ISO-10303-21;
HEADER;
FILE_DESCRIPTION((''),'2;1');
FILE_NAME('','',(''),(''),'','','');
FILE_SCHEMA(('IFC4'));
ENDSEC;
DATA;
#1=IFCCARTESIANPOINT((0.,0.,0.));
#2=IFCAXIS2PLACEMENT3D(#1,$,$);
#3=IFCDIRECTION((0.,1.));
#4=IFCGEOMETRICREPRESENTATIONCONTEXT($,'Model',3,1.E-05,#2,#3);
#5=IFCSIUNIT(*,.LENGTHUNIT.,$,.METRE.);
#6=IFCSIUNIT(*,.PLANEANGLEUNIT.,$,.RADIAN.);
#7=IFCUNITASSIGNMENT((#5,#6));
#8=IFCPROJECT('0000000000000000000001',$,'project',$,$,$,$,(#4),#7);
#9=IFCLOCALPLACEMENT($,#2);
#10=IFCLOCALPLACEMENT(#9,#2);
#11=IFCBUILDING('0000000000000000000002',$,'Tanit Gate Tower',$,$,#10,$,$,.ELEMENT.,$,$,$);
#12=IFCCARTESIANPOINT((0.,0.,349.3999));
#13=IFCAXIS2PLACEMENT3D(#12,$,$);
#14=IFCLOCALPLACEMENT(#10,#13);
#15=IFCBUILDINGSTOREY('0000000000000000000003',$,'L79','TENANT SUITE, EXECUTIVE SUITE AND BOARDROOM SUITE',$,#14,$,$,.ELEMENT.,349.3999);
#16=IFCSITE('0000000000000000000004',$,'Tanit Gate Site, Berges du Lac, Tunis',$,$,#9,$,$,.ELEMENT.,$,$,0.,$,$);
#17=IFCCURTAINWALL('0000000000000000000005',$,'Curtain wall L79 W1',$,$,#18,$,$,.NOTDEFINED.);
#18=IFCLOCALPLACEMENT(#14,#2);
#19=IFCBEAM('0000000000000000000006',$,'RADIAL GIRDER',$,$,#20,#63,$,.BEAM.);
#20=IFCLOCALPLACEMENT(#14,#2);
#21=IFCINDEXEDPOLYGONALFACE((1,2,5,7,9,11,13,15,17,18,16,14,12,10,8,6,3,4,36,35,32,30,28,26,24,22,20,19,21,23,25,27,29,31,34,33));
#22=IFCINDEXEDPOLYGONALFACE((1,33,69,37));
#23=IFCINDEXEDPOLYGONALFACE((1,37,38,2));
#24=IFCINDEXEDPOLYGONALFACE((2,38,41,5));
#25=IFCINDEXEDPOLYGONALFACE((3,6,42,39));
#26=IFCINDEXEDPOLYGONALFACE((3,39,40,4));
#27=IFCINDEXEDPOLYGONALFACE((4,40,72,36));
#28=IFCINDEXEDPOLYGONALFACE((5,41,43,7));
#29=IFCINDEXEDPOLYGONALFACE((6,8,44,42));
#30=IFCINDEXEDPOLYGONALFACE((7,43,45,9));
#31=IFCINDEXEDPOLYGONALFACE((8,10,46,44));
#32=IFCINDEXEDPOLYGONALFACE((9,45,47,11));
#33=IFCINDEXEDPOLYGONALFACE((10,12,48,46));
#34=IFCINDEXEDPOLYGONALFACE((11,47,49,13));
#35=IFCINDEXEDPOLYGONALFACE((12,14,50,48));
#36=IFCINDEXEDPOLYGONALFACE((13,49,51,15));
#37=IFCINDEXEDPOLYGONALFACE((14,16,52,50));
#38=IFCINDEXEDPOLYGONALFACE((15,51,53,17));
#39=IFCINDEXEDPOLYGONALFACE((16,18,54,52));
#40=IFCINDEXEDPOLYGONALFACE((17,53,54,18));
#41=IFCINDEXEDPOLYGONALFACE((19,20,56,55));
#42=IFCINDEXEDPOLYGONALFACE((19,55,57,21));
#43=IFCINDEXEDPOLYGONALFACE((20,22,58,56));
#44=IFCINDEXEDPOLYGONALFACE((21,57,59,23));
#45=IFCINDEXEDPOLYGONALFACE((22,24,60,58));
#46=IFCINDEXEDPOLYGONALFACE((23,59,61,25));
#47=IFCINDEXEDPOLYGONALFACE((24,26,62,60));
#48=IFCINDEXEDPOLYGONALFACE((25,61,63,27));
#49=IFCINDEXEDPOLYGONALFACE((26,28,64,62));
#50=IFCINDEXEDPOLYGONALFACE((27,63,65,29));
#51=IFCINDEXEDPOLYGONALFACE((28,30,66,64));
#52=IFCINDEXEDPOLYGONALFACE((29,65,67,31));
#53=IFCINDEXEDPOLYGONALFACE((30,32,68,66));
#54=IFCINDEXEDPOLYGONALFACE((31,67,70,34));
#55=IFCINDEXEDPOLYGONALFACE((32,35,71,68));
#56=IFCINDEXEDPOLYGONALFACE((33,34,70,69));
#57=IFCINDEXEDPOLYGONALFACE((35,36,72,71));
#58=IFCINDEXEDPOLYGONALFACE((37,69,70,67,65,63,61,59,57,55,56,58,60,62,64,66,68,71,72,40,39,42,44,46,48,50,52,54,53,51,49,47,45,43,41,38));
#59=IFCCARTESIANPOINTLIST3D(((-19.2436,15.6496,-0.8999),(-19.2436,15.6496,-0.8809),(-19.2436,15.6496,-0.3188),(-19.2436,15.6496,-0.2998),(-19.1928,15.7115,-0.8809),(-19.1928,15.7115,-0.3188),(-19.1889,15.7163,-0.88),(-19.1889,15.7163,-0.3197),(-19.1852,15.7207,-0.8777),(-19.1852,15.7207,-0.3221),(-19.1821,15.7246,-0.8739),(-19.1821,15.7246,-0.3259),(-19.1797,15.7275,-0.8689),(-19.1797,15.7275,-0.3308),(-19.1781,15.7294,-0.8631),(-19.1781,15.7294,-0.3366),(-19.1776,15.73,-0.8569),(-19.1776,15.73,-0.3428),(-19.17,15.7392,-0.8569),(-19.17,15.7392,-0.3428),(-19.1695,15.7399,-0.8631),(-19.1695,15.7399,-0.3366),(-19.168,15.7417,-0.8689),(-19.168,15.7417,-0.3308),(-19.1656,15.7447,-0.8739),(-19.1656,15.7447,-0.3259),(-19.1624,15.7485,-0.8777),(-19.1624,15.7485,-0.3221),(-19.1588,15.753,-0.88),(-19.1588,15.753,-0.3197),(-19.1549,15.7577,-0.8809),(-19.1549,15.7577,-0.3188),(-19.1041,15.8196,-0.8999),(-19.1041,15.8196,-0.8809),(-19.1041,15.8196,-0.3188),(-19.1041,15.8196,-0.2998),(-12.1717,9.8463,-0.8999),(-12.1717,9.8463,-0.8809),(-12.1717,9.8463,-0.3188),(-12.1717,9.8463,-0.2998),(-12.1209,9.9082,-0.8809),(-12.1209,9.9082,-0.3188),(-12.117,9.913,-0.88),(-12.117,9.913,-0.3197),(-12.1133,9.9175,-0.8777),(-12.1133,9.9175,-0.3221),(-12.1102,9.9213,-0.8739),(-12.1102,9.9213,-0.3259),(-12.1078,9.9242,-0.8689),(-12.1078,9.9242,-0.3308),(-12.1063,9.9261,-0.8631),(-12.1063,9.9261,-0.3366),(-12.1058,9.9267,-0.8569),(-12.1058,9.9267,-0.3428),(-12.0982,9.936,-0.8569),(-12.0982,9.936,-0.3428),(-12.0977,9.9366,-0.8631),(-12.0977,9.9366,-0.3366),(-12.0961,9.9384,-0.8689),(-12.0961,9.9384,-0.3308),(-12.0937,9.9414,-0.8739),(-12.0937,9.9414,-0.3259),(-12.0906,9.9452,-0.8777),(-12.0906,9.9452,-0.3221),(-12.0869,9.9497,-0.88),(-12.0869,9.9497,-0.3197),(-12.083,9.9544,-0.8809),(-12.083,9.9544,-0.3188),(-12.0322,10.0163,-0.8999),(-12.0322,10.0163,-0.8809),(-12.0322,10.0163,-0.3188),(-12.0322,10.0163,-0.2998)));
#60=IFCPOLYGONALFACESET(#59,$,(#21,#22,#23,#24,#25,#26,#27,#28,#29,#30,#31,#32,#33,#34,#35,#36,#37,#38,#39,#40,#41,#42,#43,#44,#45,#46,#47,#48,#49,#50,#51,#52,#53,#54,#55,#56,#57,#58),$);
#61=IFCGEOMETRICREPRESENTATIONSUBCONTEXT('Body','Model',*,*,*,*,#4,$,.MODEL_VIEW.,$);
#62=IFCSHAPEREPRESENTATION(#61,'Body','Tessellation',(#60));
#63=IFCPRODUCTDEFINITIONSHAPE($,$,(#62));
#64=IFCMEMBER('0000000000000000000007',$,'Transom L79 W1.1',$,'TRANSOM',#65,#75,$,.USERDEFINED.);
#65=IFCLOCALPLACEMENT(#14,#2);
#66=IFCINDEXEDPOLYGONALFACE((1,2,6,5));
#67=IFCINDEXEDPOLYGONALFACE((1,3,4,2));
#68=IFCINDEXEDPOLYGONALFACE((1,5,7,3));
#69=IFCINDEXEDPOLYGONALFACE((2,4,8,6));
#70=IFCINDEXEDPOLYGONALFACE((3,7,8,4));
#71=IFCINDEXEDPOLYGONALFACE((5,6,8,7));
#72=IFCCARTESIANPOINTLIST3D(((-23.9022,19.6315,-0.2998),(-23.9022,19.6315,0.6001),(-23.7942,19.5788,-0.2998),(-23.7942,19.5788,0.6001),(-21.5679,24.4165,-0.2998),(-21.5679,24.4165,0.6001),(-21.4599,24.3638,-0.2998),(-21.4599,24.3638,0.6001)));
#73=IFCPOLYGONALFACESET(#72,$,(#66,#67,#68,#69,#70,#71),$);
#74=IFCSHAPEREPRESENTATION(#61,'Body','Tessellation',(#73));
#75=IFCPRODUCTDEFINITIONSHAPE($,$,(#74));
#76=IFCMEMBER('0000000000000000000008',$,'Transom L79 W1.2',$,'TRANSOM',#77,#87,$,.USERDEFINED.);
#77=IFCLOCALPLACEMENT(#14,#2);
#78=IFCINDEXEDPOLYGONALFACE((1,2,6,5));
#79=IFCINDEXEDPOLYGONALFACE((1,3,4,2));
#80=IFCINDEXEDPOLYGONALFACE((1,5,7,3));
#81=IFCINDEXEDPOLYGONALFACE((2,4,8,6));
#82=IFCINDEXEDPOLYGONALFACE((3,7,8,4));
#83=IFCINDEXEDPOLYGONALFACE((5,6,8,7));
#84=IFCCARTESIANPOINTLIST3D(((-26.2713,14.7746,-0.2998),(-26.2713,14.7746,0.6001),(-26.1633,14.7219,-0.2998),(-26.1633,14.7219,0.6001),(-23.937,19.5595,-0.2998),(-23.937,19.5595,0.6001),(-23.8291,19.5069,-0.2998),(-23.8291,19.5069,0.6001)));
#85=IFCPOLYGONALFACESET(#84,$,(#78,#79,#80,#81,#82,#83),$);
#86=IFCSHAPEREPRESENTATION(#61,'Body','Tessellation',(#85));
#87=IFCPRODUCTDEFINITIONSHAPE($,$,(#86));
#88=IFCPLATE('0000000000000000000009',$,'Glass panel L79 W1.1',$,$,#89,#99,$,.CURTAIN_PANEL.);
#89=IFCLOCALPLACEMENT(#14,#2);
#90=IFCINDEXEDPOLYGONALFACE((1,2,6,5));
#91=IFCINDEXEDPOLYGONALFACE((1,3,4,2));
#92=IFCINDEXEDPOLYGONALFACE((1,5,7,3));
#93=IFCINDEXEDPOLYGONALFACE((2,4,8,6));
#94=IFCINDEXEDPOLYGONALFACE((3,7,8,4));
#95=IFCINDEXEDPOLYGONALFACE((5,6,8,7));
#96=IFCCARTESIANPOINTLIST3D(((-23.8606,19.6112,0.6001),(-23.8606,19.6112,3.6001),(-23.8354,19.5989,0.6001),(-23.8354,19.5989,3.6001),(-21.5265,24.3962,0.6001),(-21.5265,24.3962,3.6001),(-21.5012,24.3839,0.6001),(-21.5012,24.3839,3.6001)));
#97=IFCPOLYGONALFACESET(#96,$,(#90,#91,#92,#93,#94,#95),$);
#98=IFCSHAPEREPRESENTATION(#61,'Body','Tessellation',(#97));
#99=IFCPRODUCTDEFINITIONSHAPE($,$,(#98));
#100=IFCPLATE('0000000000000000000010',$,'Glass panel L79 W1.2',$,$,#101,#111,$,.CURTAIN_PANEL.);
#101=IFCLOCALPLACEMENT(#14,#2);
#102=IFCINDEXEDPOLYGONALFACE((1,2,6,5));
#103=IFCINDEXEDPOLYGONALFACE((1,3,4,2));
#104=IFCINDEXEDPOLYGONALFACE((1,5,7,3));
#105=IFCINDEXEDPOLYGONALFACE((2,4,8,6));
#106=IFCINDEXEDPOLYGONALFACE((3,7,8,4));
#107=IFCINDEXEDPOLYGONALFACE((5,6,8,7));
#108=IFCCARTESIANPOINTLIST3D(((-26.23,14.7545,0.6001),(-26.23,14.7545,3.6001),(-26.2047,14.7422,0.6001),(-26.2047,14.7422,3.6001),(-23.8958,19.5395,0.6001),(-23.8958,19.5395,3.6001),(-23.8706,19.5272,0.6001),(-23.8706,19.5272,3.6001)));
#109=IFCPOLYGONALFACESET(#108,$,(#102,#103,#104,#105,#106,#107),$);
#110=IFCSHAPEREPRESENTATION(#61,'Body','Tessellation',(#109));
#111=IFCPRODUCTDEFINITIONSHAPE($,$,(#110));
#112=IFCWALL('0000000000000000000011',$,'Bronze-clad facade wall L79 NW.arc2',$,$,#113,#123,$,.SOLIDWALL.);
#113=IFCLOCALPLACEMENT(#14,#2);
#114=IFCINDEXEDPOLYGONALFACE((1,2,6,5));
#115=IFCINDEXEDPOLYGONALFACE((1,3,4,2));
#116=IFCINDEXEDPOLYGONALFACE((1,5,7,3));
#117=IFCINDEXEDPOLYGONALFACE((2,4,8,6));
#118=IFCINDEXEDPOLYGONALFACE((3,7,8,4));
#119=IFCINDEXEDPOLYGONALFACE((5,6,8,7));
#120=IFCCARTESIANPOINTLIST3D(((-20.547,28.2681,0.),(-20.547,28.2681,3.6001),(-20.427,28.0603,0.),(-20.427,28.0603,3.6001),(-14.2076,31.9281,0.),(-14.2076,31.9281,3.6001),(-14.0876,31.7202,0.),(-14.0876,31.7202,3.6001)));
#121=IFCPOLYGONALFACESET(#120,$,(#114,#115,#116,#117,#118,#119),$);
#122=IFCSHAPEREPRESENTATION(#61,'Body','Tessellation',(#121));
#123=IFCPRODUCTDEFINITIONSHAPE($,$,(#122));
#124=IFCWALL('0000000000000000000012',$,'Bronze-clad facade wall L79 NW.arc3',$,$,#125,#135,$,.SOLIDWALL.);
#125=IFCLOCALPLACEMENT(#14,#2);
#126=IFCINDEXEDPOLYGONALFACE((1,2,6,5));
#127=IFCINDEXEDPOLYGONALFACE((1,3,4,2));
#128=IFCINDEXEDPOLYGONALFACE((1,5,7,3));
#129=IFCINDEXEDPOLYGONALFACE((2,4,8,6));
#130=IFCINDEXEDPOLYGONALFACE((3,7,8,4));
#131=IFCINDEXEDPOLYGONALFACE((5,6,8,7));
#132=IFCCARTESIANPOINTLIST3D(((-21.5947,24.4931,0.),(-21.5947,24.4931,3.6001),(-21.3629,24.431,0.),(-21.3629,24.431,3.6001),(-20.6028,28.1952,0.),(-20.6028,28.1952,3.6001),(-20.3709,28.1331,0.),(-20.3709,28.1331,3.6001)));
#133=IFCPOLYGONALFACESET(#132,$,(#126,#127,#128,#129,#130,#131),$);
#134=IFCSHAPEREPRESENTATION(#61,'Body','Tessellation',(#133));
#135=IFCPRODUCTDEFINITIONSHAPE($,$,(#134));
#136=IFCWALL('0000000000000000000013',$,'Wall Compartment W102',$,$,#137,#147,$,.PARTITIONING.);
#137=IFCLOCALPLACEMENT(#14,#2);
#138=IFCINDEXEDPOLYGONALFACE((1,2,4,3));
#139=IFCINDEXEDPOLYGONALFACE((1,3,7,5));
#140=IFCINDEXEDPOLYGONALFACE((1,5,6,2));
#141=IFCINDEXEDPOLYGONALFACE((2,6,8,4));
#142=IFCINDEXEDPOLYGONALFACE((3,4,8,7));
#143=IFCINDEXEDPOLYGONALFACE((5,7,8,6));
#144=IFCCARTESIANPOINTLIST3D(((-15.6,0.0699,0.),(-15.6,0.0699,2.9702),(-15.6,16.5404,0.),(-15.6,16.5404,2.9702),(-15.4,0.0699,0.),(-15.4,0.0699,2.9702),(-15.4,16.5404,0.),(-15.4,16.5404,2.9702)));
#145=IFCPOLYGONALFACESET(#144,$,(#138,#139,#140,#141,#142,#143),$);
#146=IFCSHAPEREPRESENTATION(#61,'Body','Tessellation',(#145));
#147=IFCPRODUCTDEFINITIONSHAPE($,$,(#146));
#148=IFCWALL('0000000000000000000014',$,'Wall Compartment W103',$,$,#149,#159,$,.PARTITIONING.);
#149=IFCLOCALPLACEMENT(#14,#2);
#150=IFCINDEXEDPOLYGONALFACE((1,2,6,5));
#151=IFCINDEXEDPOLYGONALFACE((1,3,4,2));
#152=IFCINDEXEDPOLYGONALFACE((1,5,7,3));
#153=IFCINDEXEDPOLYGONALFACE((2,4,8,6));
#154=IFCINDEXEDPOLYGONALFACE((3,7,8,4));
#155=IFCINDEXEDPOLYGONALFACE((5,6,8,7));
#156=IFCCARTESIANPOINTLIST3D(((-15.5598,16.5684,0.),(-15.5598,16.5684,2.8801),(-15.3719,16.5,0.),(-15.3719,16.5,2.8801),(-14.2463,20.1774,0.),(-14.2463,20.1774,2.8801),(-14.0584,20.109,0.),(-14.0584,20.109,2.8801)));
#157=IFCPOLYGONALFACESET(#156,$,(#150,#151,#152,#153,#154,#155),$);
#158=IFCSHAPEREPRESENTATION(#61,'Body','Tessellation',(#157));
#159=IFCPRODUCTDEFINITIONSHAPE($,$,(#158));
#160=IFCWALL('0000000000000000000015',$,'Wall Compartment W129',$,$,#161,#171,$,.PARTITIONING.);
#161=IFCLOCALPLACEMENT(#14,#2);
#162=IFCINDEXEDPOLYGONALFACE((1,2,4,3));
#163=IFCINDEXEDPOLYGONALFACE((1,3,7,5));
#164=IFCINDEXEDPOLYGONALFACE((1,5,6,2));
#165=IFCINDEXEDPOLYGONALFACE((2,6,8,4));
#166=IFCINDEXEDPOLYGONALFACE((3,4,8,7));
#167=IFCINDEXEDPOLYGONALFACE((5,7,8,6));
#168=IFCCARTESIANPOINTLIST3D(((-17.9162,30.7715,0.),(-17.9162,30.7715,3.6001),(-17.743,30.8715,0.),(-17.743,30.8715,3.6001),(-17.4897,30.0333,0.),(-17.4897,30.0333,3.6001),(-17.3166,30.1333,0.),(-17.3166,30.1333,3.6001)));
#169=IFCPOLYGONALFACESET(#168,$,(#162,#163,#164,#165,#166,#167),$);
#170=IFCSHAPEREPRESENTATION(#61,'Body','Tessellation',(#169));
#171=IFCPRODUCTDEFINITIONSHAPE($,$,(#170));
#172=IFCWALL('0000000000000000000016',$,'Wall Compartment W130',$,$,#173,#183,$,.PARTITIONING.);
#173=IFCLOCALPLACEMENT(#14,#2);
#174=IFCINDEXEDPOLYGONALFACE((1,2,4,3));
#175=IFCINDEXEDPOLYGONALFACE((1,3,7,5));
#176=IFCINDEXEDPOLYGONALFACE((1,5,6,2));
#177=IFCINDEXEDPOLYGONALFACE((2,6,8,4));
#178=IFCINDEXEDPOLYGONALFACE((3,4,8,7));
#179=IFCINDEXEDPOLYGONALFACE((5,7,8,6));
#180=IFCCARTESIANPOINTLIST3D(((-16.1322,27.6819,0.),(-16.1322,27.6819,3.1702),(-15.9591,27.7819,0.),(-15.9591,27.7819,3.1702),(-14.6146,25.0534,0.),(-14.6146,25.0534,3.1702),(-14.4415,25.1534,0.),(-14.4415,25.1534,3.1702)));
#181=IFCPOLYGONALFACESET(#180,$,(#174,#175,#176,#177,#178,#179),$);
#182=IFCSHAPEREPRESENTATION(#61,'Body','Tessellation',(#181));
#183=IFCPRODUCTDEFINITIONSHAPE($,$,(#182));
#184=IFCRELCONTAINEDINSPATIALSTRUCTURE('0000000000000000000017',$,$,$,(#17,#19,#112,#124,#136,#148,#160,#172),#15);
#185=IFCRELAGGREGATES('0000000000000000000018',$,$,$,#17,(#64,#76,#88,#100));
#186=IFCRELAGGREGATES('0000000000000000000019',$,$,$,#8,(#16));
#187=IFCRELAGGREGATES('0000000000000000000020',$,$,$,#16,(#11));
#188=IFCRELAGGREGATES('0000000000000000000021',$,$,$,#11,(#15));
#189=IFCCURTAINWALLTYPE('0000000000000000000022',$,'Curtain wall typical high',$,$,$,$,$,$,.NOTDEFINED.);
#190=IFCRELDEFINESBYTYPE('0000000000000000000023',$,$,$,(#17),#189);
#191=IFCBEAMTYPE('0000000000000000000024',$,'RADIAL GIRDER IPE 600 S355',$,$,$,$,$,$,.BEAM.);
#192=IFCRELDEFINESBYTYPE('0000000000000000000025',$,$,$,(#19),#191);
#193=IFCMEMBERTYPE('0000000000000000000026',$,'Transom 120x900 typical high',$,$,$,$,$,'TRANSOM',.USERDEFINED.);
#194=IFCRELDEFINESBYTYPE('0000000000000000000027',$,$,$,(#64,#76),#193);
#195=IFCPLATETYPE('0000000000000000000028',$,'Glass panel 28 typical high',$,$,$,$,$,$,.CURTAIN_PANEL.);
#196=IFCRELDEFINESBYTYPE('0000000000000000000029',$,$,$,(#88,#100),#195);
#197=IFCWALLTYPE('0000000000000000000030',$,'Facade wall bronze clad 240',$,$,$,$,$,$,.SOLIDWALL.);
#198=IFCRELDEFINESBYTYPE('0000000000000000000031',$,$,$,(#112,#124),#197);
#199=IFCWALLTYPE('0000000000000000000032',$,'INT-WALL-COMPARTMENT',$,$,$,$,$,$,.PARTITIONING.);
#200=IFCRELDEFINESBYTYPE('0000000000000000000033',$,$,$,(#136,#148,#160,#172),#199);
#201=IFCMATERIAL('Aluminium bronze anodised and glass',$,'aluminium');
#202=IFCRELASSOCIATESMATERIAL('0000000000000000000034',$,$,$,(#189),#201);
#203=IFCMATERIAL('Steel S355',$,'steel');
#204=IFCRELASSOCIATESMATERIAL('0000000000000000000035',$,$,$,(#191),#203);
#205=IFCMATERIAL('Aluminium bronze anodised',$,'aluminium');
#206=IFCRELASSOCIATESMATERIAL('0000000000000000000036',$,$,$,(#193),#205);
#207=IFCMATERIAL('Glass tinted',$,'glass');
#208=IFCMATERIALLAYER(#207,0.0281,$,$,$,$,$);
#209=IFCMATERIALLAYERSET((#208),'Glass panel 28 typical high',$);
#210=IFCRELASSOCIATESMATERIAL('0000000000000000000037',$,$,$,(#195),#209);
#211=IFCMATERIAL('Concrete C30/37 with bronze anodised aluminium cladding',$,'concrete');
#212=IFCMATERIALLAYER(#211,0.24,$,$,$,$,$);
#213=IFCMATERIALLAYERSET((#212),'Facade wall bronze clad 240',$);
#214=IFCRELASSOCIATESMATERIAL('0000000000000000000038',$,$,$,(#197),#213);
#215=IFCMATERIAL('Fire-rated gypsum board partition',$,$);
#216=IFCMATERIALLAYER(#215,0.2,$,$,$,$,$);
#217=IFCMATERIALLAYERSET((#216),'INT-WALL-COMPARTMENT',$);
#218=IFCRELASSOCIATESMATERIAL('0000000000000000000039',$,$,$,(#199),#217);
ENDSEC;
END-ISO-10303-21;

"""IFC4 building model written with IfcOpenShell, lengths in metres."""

from ifc_helpers import new_model, si_unit, direction, frame, frame_2d, origin, origin_2d, place, context, subcontext, project, spatial, rectangle, i_section, extrude, material, layer, layer_set, material_profile, profile_set, type_object, element, aggregate, save


model = new_model("IFC4")

# Units and contexts
model_context = context("Model", 3, precision=1e-05, world=origin(), true_north=direction((0.0, 1.0)))
body_context = subcontext(model_context, "Body", "Model", "MODEL_VIEW")
ifc_project = project(units=[si_unit("LENGTHUNIT", "METRE"), si_unit("PLANEANGLEUNIT", "RADIAN")], contexts=[model_context])

# Site, building, storey
site_placement = place(None, origin())
site = spatial("IfcSite", under=ifc_project, at=site_placement, Name="Tanit Gate Site, Berges du Lac, Tunis", CompositionType="ELEMENT", RefElevation=0.0)
building_placement = place(site_placement, origin())
building = spatial("IfcBuilding", under=site, at=building_placement, Name="Tanit Gate Tower", CompositionType="ELEMENT")
storey_placement = place(building_placement, frame((0.0, 0.0, 349.3999)))
storey = spatial("IfcBuildingStorey", under=building, at=storey_placement, Name="L79", Description="TENANT SUITE, EXECUTIVE SUITE AND BOARDROOM SUITE", CompositionType="ELEMENT", Elevation=349.3999)

# Curtain wall
ifc_material_1 = material(Name="Aluminium bronze anodised and glass", Category="aluminium")
curtain_wall_type = type_object("IfcCurtainWallType", Name="Curtain wall typical high", PredefinedType="NOTDEFINED", material=ifc_material_1)
curtain_wall_placement = place(storey_placement, origin())
curtain_wall = element("IfcCurtainWall", 1, at=curtain_wall_placement, inside=storey, type_object=curtain_wall_type, Name="Curtain wall L79 W1", PredefinedType="NOTDEFINED")

# Beam
ifc_material_2 = material(Name="Steel S355", Category="steel")
ifc_material_profile_1 = material_profile(ifc_material_2, i_section(OverallWidth=0.22, OverallDepth=0.6001, WebThickness=0.012, FlangeThickness=0.019, FilletRadius=0.0239, at=origin_2d()), Name="IPE 600")
ifc_profile_set_1 = profile_set([ifc_material_profile_1], Name="Steel S355")
beam_type_1 = type_object("IfcBeamType", Name="RADIAL GIRDER IPE 600 S355", PredefinedType="BEAM", material=ifc_profile_set_1)
beam_1_placement = place(storey_placement, frame((-19.1738, 15.7346, -0.5999), z_axis=(0.773034, -0.634365, 0.0), x_axis=(0.634365, 0.773034, 0.0)))
element("IfcBeam", 2, at=beam_1_placement, inside=storey, type_object=beam_type_1, Name="RADIAL GIRDER", PredefinedType="BEAM", context=body_context, shape_type="SweptSolid", body=[
    extrude(i_section(OverallWidth=0.22, OverallDepth=0.6001, WebThickness=0.012, FlangeThickness=0.019, FilletRadius=0.0239, at=origin_2d()), origin(), (0.0, 0.0, 1.0), 9.1482),
])

# Members
ifc_material_3 = material(Name="Aluminium bronze anodised", Category="aluminium")
ifc_material_profile_2 = material_profile(ifc_material_3, rectangle(XDim=0.1201, YDim=0.8999, at=origin_2d()), Name="120x900 bronze transom")
ifc_profile_set_2 = profile_set([ifc_material_profile_2], Name="Aluminium bronze anodised")
member_type_1 = type_object("IfcMemberType", Name="Transom 120x900 typical high", ElementType="TRANSOM", PredefinedType="USERDEFINED", material=ifc_profile_set_2)
member_1_placement = place(storey_placement, frame((-21.5139, 24.3901, 0.1501), z_axis=(-0.438443, -0.898759, 0.0), x_axis=(0.898759, -0.438443, 0.0)))
member_1 = element("IfcMember", 3, at=member_1_placement, type_object=member_type_1, Name="Transom L79 W1.1", ObjectType="TRANSOM", PredefinedType="USERDEFINED", context=body_context, shape_type="SweptSolid", body=[
    extrude(rectangle(XDim=0.1201, YDim=0.8999, at=origin_2d()), origin(), (0.0, 0.0, 1.0), 5.324),
])
member_2_placement = place(storey_placement, frame((-23.8831, 19.5332, 0.1501), z_axis=(-0.438443, -0.898759, 0.0), x_axis=(0.898759, -0.438443, 0.0)))
member_2 = element("IfcMember", 4, at=member_2_placement, type_object=member_type_1, Name="Transom L79 W1.2", ObjectType="TRANSOM", PredefinedType="USERDEFINED", context=body_context, shape_type="SweptSolid", body=[
    extrude(rectangle(XDim=0.1201, YDim=0.8999, at=origin_2d()), origin(), (0.0, 0.0, 1.0), 5.324),
])

# Plates
ifc_material_4 = material(Name="Glass tinted", Category="glass")
ifc_layer_1 = layer(ifc_material_4, 0.0281)
ifc_layer_set_1 = layer_set([ifc_layer_1], Name="Glass panel 28 typical high")
plate_type = type_object("IfcPlateType", Name="Glass panel 28 typical high", PredefinedType="CURTAIN_PANEL", material=ifc_layer_set_1)
plate_1_placement = place(storey_placement, frame((-22.6809, 21.9976, 0.6001), z_axis=(0.0, 0.0, 1.0), x_axis=(-0.43842, -0.89877, 0.0)))
plate_1 = element("IfcPlate", 5, at=plate_1_placement, type_object=plate_type, Name="Glass panel L79 W1.1", PredefinedType="CURTAIN_PANEL", context=body_context, shape_type="SweptSolid", body=[
    extrude(rectangle(XDim=5.324, YDim=0.0281, at=origin_2d()), origin(), (0.0, 0.0, 1.0), 3.0),
])
plate_2_placement = place(storey_placement, frame((-25.0503, 17.1409, 0.6001), z_axis=(0.0, 0.0, 1.0), x_axis=(-0.43842, -0.89877, 0.0)))
plate_2 = element("IfcPlate", 6, at=plate_2_placement, type_object=plate_type, Name="Glass panel L79 W1.2", PredefinedType="CURTAIN_PANEL", context=body_context, shape_type="SweptSolid", body=[
    extrude(rectangle(XDim=5.324, YDim=0.0281, at=origin_2d()), origin(), (0.0, 0.0, 1.0), 3.0),
])
aggregate(curtain_wall, [member_1, member_2, plate_1, plate_2])

# Walls
ifc_material_5 = material(Name="Concrete C30/37 with bronze anodised aluminium cladding", Category="concrete")
ifc_layer_2 = layer(ifc_material_5, 0.24)
ifc_layer_set_2 = layer_set([ifc_layer_2], Name="Facade wall bronze clad 240")
wall_type_1 = type_object("IfcWallType", Name="Facade wall bronze clad 240", PredefinedType="SOLIDWALL", material=ifc_layer_set_2)
wall_1_placement = place(storey_placement, frame((-14.1475, 31.8242, 0.0), z_axis=(0.0, 0.0, 1.0), x_axis=(-0.866032, -0.499988, 0.0)))
element("IfcWall", 7, at=wall_1_placement, inside=storey, type_object=wall_type_1, Name="Bronze-clad facade wall L79 NW.arc2", PredefinedType="SOLIDWALL", context=body_context, shape_type="SweptSolid", body=[
    extrude(rectangle(XDim=7.3201, YDim=0.24, at=frame_2d((3.6602, 0.0))), origin(), (0.0, 0.0, 1.0), 3.6001),
])
wall_2_placement = place(storey_placement, frame((-20.4868, 28.1643, 0.0), z_axis=(0.0, 0.0, 1.0), x_axis=(-0.258808, -0.965929, 0.0)))
element("IfcWall", 8, at=wall_2_placement, inside=storey, type_object=wall_type_1, Name="Bronze-clad facade wall L79 NW.arc3", PredefinedType="SOLIDWALL", context=body_context, shape_type="SweptSolid", body=[
    extrude(rectangle(XDim=3.8328, YDim=0.24, at=frame_2d((1.9165, 0.0))), origin(), (0.0, 0.0, 1.0), 3.6001),
])
ifc_material_6 = material(Name="Fire-rated gypsum board partition")
ifc_layer_3 = layer(ifc_material_6, 0.2)
ifc_layer_set_3 = layer_set([ifc_layer_3], Name="INT-WALL-COMPARTMENT")
wall_type_2 = type_object("IfcWallType", Name="INT-WALL-COMPARTMENT", PredefinedType="PARTITIONING", material=ifc_layer_set_3)
wall_3_placement = place(storey_placement, frame((-15.5, 16.5405, 0.0), z_axis=(0.0, 0.0, 1.0), x_axis=(0.0, -1.0, 0.0)))
element("IfcWall", 9, at=wall_3_placement, inside=storey, type_object=wall_type_2, Name="Wall Compartment W102", PredefinedType="PARTITIONING", context=body_context, shape_type="SweptSolid", body=[
    extrude(rectangle(XDim=16.4705, YDim=0.2, at=frame_2d((8.2354, 0.0))), origin(), (0.0, 0.0, 1.0), 2.9702),
])
wall_4_placement = place(storey_placement, frame((-14.1523, 20.1433, 0.0), z_axis=(0.0, 0.0, 1.0), x_axis=(-0.342008, -0.939697, 0.0)))
element("IfcWall", 10, at=wall_4_placement, inside=storey, type_object=wall_type_2, Name="Wall Compartment W103", PredefinedType="PARTITIONING", context=body_context, shape_type="SweptSolid", body=[
    extrude(rectangle(XDim=3.8406, YDim=0.2, at=frame_2d((1.9204, 0.0))), origin(), (0.0, 0.0, 1.0), 2.8801),
])
wall_5_placement = place(storey_placement, frame((-17.8296, 30.8215, 0.0), z_axis=(0.0, 0.0, 1.0), x_axis=(0.500235, -0.86589, 0.0)))
element("IfcWall", 11, at=wall_5_placement, inside=storey, type_object=wall_type_2, Name="Wall Compartment W129", PredefinedType="PARTITIONING", context=body_context, shape_type="SweptSolid", body=[
    extrude(rectangle(XDim=0.8525, YDim=0.2, at=frame_2d((0.4263, 0.0))), origin(), (0.0, 0.0, 1.0), 3.6001),
])
wall_6_placement = place(storey_placement, frame((-16.0457, 27.7319, 0.0), z_axis=(0.0, 0.0, 1.0), x_axis=(0.500015, -0.866017, 0.0)))
element("IfcWall", 12, at=wall_6_placement, inside=storey, type_object=wall_type_2, Name="Wall Compartment W130", PredefinedType="PARTITIONING", context=body_context, shape_type="SweptSolid", body=[
    extrude(rectangle(XDim=3.0352, YDim=0.2, at=frame_2d((1.5176, 0.0))), origin(), (0.0, 0.0, 1.0), 3.1702),
])

save(model, "model.ifc")
